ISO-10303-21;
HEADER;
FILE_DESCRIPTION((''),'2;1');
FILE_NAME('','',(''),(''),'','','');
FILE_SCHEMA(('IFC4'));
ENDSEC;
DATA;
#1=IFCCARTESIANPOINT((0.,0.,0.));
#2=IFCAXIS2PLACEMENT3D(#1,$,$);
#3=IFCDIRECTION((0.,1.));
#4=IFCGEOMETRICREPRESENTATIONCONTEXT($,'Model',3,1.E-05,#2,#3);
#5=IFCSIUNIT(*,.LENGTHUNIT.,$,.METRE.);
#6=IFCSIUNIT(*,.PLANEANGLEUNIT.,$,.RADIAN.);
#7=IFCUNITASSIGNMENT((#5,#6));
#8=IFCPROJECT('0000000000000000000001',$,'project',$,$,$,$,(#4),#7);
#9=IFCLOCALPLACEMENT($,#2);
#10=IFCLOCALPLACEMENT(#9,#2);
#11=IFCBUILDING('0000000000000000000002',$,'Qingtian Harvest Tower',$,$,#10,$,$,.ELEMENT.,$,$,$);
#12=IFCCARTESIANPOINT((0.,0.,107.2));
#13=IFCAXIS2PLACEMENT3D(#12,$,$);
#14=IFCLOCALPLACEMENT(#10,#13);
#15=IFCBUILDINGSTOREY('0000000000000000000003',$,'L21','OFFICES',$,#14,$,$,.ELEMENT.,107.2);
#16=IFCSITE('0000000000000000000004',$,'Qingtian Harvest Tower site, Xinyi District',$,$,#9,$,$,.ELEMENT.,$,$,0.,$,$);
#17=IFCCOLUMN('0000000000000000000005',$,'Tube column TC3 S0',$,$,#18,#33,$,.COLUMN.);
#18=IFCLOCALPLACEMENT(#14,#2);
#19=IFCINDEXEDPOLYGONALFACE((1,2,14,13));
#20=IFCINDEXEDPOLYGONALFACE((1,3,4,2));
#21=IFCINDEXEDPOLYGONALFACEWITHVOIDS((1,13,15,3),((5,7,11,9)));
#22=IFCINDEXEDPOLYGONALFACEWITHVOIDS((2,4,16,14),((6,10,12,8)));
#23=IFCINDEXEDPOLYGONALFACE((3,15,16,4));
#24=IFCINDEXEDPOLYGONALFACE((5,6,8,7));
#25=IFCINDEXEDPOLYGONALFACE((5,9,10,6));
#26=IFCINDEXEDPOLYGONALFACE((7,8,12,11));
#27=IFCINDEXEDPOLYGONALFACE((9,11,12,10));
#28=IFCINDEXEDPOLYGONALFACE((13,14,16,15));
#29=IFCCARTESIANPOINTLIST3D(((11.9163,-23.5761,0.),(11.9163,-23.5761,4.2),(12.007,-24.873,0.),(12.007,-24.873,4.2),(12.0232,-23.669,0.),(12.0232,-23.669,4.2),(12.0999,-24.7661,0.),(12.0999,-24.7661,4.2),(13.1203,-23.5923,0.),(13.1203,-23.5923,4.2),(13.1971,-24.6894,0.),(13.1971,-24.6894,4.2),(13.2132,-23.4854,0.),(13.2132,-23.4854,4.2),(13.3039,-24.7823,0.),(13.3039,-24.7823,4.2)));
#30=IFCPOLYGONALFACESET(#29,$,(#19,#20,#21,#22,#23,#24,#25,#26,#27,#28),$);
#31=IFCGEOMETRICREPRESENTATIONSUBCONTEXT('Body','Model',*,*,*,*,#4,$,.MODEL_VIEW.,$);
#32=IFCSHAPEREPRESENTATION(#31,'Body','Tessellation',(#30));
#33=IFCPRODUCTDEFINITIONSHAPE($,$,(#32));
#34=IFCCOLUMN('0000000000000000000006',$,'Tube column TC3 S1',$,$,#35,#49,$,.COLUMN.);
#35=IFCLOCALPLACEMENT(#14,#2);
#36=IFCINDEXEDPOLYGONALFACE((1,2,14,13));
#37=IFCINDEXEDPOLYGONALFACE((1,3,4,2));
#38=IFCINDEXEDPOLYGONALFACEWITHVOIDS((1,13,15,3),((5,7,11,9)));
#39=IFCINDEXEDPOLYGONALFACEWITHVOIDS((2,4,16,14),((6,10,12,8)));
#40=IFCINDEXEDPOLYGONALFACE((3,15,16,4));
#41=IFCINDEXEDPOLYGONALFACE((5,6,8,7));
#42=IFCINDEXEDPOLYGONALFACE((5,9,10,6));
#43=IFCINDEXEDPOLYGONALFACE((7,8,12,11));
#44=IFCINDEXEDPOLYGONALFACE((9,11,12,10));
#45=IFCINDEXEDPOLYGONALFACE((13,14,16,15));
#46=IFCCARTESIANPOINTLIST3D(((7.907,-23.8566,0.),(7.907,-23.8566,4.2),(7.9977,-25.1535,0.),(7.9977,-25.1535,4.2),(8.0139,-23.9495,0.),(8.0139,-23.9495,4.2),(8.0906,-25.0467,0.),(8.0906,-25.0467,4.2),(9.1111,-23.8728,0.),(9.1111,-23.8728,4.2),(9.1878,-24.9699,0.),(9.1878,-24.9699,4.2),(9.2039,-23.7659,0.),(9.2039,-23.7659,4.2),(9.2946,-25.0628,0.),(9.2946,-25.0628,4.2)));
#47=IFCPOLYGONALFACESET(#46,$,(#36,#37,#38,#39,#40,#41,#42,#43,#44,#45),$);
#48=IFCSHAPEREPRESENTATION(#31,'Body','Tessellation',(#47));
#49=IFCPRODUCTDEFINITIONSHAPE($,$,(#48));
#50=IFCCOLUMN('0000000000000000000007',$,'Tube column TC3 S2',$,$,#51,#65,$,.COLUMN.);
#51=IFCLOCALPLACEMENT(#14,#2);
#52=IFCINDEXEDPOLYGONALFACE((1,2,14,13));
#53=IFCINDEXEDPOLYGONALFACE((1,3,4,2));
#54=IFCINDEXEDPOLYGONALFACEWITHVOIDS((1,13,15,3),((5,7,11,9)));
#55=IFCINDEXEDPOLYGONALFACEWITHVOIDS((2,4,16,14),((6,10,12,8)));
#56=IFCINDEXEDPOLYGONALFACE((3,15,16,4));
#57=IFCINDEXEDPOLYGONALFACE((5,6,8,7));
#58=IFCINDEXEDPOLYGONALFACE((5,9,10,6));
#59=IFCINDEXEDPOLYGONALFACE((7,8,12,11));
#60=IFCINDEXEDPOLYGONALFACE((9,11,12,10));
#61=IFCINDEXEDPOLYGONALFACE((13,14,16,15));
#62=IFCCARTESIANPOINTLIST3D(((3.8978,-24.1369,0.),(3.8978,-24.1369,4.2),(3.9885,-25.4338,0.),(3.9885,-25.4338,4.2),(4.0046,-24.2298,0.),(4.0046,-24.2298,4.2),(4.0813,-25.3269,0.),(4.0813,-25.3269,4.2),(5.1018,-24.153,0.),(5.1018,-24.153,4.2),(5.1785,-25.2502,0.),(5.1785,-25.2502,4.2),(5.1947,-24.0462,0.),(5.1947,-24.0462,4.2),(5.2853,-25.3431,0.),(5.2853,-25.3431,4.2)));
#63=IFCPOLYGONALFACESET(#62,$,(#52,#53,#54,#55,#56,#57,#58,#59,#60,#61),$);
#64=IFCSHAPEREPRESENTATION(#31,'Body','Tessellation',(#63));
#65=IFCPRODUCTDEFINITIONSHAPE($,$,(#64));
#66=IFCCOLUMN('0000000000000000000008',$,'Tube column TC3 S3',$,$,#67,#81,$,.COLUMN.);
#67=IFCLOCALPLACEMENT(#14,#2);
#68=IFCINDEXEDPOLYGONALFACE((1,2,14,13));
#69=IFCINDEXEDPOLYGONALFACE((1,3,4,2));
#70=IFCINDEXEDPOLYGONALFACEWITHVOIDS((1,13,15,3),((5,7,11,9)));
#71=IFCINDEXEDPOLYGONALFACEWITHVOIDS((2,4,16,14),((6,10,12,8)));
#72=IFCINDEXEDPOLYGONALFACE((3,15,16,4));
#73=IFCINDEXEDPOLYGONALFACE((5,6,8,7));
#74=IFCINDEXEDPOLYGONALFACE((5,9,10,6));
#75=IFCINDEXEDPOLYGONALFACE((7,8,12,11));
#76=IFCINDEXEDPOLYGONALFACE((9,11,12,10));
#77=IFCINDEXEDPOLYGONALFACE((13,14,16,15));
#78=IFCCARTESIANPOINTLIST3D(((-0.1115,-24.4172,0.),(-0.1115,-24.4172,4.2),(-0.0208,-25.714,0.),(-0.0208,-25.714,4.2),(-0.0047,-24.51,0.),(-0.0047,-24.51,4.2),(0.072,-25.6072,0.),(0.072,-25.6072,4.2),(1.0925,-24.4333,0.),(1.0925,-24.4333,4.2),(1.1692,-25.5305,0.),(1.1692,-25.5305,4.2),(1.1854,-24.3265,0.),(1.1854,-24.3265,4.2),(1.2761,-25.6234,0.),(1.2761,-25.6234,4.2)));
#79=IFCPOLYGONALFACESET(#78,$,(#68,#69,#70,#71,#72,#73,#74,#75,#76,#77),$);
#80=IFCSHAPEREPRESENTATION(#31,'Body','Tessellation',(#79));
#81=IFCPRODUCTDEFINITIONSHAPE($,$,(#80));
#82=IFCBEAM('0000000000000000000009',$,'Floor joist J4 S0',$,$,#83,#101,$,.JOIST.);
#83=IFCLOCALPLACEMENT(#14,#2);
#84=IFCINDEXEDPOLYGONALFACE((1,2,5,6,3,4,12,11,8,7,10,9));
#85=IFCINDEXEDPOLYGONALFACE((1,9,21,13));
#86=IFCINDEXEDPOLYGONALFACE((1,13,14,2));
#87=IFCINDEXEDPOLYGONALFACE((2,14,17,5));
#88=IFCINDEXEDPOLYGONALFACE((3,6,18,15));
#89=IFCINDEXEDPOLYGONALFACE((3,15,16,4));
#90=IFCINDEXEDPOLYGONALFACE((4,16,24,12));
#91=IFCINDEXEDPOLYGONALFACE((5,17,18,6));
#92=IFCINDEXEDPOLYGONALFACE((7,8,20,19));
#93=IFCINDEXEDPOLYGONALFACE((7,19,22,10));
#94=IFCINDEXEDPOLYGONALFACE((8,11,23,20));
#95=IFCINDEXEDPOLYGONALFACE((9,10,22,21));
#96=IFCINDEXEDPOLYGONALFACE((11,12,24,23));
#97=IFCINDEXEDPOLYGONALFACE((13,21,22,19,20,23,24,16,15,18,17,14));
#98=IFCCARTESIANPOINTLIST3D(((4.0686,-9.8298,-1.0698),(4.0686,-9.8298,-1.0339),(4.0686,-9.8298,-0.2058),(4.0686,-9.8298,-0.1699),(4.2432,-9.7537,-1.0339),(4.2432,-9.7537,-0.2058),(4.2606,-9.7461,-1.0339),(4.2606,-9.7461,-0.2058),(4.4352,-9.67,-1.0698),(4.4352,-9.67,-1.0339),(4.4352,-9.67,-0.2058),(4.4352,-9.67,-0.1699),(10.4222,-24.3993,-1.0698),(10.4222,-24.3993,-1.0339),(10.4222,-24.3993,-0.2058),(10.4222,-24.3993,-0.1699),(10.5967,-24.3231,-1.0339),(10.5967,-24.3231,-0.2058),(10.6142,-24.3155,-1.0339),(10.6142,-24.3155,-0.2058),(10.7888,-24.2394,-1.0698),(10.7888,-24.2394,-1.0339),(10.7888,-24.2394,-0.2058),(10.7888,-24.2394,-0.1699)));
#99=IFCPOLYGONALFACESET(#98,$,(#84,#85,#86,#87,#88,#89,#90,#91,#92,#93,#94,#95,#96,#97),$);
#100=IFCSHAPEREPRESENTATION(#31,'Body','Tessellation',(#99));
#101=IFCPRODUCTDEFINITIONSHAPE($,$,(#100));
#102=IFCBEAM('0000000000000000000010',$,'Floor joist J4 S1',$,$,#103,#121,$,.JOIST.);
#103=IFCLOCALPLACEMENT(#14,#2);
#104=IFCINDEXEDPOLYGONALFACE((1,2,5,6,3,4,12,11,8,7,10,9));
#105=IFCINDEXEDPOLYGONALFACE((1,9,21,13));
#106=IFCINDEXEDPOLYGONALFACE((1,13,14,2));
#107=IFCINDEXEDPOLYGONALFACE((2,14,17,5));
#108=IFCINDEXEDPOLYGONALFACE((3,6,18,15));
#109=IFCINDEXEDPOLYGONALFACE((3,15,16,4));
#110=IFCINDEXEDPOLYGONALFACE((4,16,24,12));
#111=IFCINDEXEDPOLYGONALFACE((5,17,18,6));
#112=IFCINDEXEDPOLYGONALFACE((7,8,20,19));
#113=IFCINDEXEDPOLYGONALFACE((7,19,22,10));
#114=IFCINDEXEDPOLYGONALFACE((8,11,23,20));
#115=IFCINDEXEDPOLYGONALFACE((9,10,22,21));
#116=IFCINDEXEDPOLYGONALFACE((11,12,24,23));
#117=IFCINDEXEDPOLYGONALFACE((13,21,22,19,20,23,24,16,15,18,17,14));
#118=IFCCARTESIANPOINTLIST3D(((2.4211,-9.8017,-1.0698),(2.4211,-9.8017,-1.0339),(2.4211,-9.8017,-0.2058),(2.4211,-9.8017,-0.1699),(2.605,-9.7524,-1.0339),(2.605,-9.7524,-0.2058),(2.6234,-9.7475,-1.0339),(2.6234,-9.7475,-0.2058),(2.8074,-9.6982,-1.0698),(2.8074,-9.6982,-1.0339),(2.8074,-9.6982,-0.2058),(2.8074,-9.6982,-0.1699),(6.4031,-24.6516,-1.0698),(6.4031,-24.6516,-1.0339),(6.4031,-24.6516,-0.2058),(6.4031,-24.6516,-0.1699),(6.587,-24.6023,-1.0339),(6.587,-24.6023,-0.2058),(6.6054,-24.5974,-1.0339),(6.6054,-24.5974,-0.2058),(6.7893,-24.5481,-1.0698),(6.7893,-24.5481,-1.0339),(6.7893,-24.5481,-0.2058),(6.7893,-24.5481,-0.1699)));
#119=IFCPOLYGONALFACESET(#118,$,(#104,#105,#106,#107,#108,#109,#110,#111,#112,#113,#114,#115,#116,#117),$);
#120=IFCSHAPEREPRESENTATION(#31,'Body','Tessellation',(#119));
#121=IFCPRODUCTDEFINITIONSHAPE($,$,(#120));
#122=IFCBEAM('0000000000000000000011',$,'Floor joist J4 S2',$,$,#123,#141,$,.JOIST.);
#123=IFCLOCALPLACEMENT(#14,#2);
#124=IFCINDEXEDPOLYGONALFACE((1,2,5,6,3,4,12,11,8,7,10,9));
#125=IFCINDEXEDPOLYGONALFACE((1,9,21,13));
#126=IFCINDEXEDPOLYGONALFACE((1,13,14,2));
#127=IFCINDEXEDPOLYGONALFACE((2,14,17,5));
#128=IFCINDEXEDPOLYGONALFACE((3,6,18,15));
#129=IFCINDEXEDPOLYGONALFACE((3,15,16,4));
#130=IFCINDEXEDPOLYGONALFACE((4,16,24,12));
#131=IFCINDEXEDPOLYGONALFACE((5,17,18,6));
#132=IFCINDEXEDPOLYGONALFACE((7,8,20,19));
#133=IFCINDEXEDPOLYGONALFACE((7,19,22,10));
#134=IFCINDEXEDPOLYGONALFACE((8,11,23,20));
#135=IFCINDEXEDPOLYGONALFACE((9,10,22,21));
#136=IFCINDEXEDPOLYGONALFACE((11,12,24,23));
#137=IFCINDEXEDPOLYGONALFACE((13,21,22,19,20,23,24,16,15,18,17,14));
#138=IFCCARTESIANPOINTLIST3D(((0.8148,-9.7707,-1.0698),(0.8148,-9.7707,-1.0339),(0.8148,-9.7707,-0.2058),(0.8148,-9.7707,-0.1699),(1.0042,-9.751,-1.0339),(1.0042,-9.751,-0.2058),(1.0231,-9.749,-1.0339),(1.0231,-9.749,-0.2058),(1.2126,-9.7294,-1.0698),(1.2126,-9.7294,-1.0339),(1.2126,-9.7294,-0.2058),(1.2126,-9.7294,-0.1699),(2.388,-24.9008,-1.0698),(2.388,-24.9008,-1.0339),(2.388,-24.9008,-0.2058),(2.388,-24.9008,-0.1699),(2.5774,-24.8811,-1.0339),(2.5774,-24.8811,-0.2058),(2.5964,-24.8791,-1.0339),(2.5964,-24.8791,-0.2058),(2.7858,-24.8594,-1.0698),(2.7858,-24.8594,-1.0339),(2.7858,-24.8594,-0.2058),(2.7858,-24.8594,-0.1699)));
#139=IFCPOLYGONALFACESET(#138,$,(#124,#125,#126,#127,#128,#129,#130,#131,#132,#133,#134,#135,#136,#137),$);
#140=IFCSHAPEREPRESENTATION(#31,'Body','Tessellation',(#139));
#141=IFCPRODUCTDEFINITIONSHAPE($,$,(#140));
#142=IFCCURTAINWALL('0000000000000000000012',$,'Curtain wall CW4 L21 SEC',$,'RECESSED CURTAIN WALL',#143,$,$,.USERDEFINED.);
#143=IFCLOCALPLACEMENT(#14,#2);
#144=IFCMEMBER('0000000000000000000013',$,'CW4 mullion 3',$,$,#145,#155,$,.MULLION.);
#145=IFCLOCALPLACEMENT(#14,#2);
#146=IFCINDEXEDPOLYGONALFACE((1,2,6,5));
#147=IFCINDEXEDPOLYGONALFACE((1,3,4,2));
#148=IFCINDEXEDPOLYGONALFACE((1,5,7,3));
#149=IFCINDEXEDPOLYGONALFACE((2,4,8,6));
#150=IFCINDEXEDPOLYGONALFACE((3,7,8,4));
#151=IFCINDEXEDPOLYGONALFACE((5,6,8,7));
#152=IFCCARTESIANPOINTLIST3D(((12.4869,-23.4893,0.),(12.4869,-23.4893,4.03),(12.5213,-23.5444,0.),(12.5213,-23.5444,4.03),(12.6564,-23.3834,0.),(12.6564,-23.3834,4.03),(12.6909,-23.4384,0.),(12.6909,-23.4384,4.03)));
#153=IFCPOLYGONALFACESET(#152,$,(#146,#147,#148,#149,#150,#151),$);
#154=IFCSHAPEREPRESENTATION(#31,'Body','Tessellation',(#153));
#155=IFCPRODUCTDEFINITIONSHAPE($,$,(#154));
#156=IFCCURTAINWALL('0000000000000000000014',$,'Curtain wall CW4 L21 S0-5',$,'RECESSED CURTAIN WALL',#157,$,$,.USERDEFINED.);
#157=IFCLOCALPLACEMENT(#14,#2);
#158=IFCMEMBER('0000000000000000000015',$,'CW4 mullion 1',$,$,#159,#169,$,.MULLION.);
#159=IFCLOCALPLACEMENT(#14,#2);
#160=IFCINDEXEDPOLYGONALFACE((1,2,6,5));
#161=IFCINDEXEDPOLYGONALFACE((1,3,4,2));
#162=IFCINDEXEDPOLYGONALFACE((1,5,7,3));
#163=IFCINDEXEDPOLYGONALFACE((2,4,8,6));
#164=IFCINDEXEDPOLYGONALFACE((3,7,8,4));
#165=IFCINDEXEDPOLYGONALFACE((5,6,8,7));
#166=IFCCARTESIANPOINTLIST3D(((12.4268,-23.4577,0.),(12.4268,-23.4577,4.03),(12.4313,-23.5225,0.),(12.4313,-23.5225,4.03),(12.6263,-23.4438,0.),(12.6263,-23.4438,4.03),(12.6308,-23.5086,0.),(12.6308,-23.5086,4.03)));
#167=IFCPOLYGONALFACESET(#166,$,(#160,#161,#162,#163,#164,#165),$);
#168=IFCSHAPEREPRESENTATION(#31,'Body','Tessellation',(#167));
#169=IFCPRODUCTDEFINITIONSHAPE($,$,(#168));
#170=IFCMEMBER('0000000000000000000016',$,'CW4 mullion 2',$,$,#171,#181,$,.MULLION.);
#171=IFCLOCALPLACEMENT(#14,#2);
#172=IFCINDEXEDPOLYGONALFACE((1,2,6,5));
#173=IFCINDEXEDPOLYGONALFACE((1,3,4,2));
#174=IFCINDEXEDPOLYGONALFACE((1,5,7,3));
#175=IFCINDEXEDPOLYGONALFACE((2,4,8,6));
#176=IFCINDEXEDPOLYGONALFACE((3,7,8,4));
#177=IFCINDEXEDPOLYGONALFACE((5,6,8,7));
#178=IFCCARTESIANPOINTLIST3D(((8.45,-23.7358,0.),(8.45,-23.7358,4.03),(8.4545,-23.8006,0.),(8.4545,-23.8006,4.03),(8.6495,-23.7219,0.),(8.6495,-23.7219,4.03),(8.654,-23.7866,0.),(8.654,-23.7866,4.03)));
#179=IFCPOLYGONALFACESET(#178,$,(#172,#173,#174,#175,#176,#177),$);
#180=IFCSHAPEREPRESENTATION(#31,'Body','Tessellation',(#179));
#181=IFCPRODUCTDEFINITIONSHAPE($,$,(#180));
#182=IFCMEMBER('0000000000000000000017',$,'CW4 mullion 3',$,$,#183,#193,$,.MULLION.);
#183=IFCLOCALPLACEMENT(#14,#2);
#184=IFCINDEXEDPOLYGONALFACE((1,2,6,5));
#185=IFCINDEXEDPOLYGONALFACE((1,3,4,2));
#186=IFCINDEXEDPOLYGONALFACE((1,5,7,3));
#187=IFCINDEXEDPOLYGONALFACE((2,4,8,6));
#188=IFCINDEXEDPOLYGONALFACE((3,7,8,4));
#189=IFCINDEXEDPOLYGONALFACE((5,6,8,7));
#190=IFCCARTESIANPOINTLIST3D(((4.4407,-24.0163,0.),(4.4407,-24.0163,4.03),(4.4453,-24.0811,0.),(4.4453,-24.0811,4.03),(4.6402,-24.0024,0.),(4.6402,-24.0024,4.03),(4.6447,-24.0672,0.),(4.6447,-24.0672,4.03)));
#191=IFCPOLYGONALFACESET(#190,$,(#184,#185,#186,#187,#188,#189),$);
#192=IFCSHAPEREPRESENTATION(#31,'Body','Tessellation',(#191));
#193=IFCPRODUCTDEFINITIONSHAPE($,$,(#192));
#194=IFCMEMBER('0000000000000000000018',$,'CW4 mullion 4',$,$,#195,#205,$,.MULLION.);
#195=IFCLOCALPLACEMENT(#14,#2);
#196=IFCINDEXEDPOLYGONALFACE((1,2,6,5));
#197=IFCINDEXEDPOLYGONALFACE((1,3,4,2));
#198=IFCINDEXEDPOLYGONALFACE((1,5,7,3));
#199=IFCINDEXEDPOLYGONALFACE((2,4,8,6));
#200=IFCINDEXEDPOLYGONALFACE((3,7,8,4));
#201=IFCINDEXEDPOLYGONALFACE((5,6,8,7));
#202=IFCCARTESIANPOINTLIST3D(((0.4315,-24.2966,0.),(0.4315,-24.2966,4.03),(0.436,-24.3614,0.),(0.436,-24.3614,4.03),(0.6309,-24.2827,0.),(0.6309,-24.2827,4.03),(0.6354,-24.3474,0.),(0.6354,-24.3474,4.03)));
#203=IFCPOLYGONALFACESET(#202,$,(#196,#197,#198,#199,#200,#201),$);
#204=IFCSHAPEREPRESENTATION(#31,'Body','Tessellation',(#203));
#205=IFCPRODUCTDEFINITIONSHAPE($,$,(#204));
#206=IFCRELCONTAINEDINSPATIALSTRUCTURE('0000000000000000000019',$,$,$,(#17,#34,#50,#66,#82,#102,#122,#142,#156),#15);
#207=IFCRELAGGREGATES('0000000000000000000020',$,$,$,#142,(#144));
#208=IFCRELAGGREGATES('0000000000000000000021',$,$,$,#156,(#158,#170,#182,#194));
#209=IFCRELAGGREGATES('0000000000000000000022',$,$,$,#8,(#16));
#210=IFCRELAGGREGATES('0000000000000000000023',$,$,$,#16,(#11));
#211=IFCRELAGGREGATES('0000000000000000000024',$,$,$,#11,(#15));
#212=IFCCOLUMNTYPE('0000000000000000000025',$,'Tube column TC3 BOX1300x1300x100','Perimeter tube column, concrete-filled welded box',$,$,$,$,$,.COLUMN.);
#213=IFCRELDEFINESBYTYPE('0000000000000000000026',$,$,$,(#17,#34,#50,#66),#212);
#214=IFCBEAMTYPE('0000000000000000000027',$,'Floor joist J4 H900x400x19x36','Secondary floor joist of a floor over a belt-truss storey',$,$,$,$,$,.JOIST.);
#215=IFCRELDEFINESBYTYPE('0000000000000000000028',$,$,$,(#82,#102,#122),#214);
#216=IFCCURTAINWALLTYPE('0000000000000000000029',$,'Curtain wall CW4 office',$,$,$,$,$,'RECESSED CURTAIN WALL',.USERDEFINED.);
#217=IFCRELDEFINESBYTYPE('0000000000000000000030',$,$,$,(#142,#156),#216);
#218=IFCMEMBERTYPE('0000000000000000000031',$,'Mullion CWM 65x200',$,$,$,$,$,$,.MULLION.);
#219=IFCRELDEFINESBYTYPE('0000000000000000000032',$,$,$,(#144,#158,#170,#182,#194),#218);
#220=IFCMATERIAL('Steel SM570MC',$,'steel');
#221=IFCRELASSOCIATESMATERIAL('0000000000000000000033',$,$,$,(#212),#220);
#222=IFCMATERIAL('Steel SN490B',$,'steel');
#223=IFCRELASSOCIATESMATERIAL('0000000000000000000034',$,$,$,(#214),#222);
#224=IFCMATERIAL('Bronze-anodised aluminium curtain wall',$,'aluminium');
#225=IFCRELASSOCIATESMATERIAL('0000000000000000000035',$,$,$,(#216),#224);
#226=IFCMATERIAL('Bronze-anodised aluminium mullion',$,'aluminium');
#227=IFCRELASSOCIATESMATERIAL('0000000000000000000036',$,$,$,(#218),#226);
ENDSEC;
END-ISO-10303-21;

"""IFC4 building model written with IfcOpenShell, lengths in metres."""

from ifc_helpers import new_model, si_unit, direction, frame, origin, origin_2d, place, context, subcontext, project, spatial, rectangle, hollow_rectangle, i_section, extrude, material, material_profile, profile_set, type_object, element, aggregate, save


model = new_model("IFC4")

# Units and contexts
model_context = context("Model", 3, precision=1e-05, world=origin(), true_north=direction((0.0, 1.0)))
body_context = subcontext(model_context, "Body", "Model", "MODEL_VIEW")
ifc_project = project(units=[si_unit("LENGTHUNIT", "METRE"), si_unit("PLANEANGLEUNIT", "RADIAN")], contexts=[model_context])

# Site, building, storey
site_placement = place(None, origin())
site = spatial("IfcSite", under=ifc_project, at=site_placement, Name="Qingtian Harvest Tower site, Xinyi District", CompositionType="ELEMENT", RefElevation=0.0)
building_placement = place(site_placement, origin())
building = spatial("IfcBuilding", under=site, at=building_placement, Name="Qingtian Harvest Tower", CompositionType="ELEMENT")
storey_placement = place(building_placement, frame((0.0, 0.0, 107.2)))
storey = spatial("IfcBuildingStorey", under=building, at=storey_placement, Name="L21", Description="OFFICES", CompositionType="ELEMENT", Elevation=107.2)

# Columns
ifc_material_1 = material(Name="Steel SM570MC", Category="steel")
ifc_material_profile_1 = material_profile(ifc_material_1, hollow_rectangle(XDim=1.3, YDim=1.3, WallThickness=0.1001, at=origin_2d()), Name="BOX1300x1300x100")
ifc_profile_set_1 = profile_set([ifc_material_profile_1], Name="Steel SM570MC")
column_type = type_object("IfcColumnType", Name="Tube column TC3 BOX1300x1300x100", Description="Perimeter tube column, concrete-filled welded box", PredefinedType="COLUMN", material=ifc_profile_set_1)
for number, where, z_axis, x_axis, name in (
    (1, (12.6101, -24.1792, 0.0), (0.0, 0.0, 1.0), (0.997564, 0.069756, 0.0), "Tube column TC3 S0"),
    (2, (8.6008, -24.4597, 0.0), (0.0, 0.0, 1.0), (0.997564, 0.069756, 0.0), "Tube column TC3 S1"),
    (3, (4.5916, -24.74, 0.0), (0.0, 0.0, 1.0), (0.997564, 0.069756, 0.0), "Tube column TC3 S2"),
    (4, (0.5823, -25.0203, 0.0), (0.0, 0.0, 1.0), (0.997564, 0.069756, 0.0), "Tube column TC3 S3"),
):
    element("IfcColumn", number, at=place(storey_placement, frame(where, z_axis=z_axis, x_axis=x_axis)), inside=storey, type_object=column_type, Name=name, PredefinedType="COLUMN", context=body_context, shape_type="SweptSolid", body=[
        extrude(hollow_rectangle(XDim=1.3, YDim=1.3, WallThickness=0.1001, at=origin_2d()), origin(), (0.0, 0.0, 1.0), 4.2),
    ])

# Beams
ifc_material_2 = material(Name="Steel SN490B", Category="steel")
ifc_material_profile_2 = material_profile(ifc_material_2, i_section(OverallWidth=0.3999, OverallDepth=0.8999, WebThickness=0.019, FlangeThickness=0.0359, at=origin_2d()), Name="H900x400x19x36")
ifc_profile_set_2 = profile_set([ifc_material_profile_2], Name="Steel SN490B")
beam_type_1 = type_object("IfcBeamType", Name="Floor joist J4 H900x400x19x36", Description="Secondary floor joist of a floor over a belt-truss storey", PredefinedType="JOIST", material=ifc_profile_set_2)
beam_1_placement = place(storey_placement, frame((10.6055, -24.3193, -0.6199), z_axis=(-0.399732, 0.916632, 0.0), x_axis=(-0.916632, -0.399732, 0.0)))
element("IfcBeam", 5, at=beam_1_placement, inside=storey, type_object=beam_type_1, Name="Floor joist J4 S0", PredefinedType="JOIST", context=body_context, shape_type="SweptSolid", body=[
    extrude(i_section(OverallWidth=0.3999, OverallDepth=0.8999, WebThickness=0.019, FlangeThickness=0.0359, at=origin_2d()), origin(), (0.0, 0.0, 1.0), 15.8945),
])
beam_2_placement = place(storey_placement, frame((6.5962, -24.5999, -0.6199), z_axis=(-0.258997, 0.965878, 0.0), x_axis=(-0.965878, -0.258997, 0.0)))
element("IfcBeam", 6, at=beam_2_placement, inside=storey, type_object=beam_type_1, Name="Floor joist J4 S1", PredefinedType="JOIST", context=body_context, shape_type="SweptSolid", body=[
    extrude(i_section(OverallWidth=0.3999, OverallDepth=0.8999, WebThickness=0.019, FlangeThickness=0.0359, at=origin_2d()), origin(), (0.0, 0.0, 1.0), 15.3745),
])
beam_3_placement = place(storey_placement, frame((2.5869, -24.8801, -0.6199), z_axis=(-0.103423, 0.994637, 0.0), x_axis=(-0.994637, -0.103423, 0.0)))
element("IfcBeam", 7, at=beam_3_placement, inside=storey, type_object=beam_type_1, Name="Floor joist J4 S2", PredefinedType="JOIST", context=body_context, shape_type="SweptSolid", body=[
    extrude(i_section(OverallWidth=0.3999, OverallDepth=0.8999, WebThickness=0.019, FlangeThickness=0.0359, at=origin_2d()), origin(), (0.0, 0.0, 1.0), 15.2117),
])

# Curtain wall, member
ifc_material_3 = material(Name="Bronze-anodised aluminium curtain wall", Category="aluminium")
curtain_wall_type = type_object("IfcCurtainWallType", Name="Curtain wall CW4 office", ElementType="RECESSED CURTAIN WALL", PredefinedType="USERDEFINED", material=ifc_material_3)
curtain_wall_1_placement = place(storey_placement, origin())
curtain_wall_1 = element("IfcCurtainWall", 8, at=curtain_wall_1_placement, inside=storey, type_object=curtain_wall_type, Name="Curtain wall CW4 L21 SEC", ObjectType="RECESSED CURTAIN WALL", PredefinedType="USERDEFINED")
ifc_material_4 = material(Name="Bronze-anodised aluminium mullion", Category="aluminium")
ifc_material_profile_3 = material_profile(ifc_material_4, rectangle(XDim=0.0649, YDim=0.2, at=origin_2d()), Name="AL 65x200")
ifc_profile_set_3 = profile_set([ifc_material_profile_3], Name="Bronze-anodised aluminium mullion")
member_type_1 = type_object("IfcMemberType", Name="Mullion CWM 65x200", PredefinedType="MULLION", material=ifc_profile_set_3)
member_1_placement = place(storey_placement, frame((12.5889, -23.4639, 0.0), z_axis=(0.0, 0.0, 1.0), x_axis=(0.529919, -0.848048, 0.0)))
member_1 = element("IfcMember", 9, at=member_1_placement, type_object=member_type_1, Name="CW4 mullion 3", PredefinedType="MULLION", context=body_context, shape_type="SweptSolid", body=[
    extrude(rectangle(XDim=0.0649, YDim=0.2, at=origin_2d()), origin(), (0.0, 0.0, 1.0), 4.03),
])
aggregate(curtain_wall_1, [member_1])

# Curtain wall, members
curtain_wall_2_placement = place(storey_placement, origin())
curtain_wall_2 = element("IfcCurtainWall", 10, at=curtain_wall_2_placement, inside=storey, type_object=curtain_wall_type, Name="Curtain wall CW4 L21 S0-5", ObjectType="RECESSED CURTAIN WALL", PredefinedType="USERDEFINED")
member_2_placement = place(storey_placement, frame((12.5288, -23.4832, 0.0), z_axis=(0.0, 0.0, 1.0), x_axis=(0.069756, -0.997564, 0.0)))
member_2 = element("IfcMember", 11, at=member_2_placement, type_object=member_type_1, Name="CW4 mullion 1", PredefinedType="MULLION", context=body_context, shape_type="SweptSolid", body=[
    extrude(rectangle(XDim=0.0649, YDim=0.2, at=origin_2d()), origin(), (0.0, 0.0, 1.0), 4.03),
])
member_3_placement = place(storey_placement, frame((8.552, -23.7612, 0.0), z_axis=(0.0, 0.0, 1.0), x_axis=(0.069756, -0.997564, 0.0)))
member_3 = element("IfcMember", 12, at=member_3_placement, type_object=member_type_1, Name="CW4 mullion 2", PredefinedType="MULLION", context=body_context, shape_type="SweptSolid", body=[
    extrude(rectangle(XDim=0.0649, YDim=0.2, at=origin_2d()), origin(), (0.0, 0.0, 1.0), 4.03),
])
member_4_placement = place(storey_placement, frame((4.5427, -24.0417, 0.0), z_axis=(0.0, 0.0, 1.0), x_axis=(0.069756, -0.997564, 0.0)))
member_4 = element("IfcMember", 13, at=member_4_placement, type_object=member_type_1, Name="CW4 mullion 3", PredefinedType="MULLION", context=body_context, shape_type="SweptSolid", body=[
    extrude(rectangle(XDim=0.0649, YDim=0.2, at=origin_2d()), origin(), (0.0, 0.0, 1.0), 4.03),
])
member_5_placement = place(storey_placement, frame((0.5334, -24.322, 0.0), z_axis=(0.0, 0.0, 1.0), x_axis=(0.069756, -0.997564, 0.0)))
member_5 = element("IfcMember", 14, at=member_5_placement, type_object=member_type_1, Name="CW4 mullion 4", PredefinedType="MULLION", context=body_context, shape_type="SweptSolid", body=[
    extrude(rectangle(XDim=0.0649, YDim=0.2, at=origin_2d()), origin(), (0.0, 0.0, 1.0), 4.03),
])

aggregate(curtain_wall_2, [member_2, member_3, member_4, member_5])

save(model, "model.ifc")
